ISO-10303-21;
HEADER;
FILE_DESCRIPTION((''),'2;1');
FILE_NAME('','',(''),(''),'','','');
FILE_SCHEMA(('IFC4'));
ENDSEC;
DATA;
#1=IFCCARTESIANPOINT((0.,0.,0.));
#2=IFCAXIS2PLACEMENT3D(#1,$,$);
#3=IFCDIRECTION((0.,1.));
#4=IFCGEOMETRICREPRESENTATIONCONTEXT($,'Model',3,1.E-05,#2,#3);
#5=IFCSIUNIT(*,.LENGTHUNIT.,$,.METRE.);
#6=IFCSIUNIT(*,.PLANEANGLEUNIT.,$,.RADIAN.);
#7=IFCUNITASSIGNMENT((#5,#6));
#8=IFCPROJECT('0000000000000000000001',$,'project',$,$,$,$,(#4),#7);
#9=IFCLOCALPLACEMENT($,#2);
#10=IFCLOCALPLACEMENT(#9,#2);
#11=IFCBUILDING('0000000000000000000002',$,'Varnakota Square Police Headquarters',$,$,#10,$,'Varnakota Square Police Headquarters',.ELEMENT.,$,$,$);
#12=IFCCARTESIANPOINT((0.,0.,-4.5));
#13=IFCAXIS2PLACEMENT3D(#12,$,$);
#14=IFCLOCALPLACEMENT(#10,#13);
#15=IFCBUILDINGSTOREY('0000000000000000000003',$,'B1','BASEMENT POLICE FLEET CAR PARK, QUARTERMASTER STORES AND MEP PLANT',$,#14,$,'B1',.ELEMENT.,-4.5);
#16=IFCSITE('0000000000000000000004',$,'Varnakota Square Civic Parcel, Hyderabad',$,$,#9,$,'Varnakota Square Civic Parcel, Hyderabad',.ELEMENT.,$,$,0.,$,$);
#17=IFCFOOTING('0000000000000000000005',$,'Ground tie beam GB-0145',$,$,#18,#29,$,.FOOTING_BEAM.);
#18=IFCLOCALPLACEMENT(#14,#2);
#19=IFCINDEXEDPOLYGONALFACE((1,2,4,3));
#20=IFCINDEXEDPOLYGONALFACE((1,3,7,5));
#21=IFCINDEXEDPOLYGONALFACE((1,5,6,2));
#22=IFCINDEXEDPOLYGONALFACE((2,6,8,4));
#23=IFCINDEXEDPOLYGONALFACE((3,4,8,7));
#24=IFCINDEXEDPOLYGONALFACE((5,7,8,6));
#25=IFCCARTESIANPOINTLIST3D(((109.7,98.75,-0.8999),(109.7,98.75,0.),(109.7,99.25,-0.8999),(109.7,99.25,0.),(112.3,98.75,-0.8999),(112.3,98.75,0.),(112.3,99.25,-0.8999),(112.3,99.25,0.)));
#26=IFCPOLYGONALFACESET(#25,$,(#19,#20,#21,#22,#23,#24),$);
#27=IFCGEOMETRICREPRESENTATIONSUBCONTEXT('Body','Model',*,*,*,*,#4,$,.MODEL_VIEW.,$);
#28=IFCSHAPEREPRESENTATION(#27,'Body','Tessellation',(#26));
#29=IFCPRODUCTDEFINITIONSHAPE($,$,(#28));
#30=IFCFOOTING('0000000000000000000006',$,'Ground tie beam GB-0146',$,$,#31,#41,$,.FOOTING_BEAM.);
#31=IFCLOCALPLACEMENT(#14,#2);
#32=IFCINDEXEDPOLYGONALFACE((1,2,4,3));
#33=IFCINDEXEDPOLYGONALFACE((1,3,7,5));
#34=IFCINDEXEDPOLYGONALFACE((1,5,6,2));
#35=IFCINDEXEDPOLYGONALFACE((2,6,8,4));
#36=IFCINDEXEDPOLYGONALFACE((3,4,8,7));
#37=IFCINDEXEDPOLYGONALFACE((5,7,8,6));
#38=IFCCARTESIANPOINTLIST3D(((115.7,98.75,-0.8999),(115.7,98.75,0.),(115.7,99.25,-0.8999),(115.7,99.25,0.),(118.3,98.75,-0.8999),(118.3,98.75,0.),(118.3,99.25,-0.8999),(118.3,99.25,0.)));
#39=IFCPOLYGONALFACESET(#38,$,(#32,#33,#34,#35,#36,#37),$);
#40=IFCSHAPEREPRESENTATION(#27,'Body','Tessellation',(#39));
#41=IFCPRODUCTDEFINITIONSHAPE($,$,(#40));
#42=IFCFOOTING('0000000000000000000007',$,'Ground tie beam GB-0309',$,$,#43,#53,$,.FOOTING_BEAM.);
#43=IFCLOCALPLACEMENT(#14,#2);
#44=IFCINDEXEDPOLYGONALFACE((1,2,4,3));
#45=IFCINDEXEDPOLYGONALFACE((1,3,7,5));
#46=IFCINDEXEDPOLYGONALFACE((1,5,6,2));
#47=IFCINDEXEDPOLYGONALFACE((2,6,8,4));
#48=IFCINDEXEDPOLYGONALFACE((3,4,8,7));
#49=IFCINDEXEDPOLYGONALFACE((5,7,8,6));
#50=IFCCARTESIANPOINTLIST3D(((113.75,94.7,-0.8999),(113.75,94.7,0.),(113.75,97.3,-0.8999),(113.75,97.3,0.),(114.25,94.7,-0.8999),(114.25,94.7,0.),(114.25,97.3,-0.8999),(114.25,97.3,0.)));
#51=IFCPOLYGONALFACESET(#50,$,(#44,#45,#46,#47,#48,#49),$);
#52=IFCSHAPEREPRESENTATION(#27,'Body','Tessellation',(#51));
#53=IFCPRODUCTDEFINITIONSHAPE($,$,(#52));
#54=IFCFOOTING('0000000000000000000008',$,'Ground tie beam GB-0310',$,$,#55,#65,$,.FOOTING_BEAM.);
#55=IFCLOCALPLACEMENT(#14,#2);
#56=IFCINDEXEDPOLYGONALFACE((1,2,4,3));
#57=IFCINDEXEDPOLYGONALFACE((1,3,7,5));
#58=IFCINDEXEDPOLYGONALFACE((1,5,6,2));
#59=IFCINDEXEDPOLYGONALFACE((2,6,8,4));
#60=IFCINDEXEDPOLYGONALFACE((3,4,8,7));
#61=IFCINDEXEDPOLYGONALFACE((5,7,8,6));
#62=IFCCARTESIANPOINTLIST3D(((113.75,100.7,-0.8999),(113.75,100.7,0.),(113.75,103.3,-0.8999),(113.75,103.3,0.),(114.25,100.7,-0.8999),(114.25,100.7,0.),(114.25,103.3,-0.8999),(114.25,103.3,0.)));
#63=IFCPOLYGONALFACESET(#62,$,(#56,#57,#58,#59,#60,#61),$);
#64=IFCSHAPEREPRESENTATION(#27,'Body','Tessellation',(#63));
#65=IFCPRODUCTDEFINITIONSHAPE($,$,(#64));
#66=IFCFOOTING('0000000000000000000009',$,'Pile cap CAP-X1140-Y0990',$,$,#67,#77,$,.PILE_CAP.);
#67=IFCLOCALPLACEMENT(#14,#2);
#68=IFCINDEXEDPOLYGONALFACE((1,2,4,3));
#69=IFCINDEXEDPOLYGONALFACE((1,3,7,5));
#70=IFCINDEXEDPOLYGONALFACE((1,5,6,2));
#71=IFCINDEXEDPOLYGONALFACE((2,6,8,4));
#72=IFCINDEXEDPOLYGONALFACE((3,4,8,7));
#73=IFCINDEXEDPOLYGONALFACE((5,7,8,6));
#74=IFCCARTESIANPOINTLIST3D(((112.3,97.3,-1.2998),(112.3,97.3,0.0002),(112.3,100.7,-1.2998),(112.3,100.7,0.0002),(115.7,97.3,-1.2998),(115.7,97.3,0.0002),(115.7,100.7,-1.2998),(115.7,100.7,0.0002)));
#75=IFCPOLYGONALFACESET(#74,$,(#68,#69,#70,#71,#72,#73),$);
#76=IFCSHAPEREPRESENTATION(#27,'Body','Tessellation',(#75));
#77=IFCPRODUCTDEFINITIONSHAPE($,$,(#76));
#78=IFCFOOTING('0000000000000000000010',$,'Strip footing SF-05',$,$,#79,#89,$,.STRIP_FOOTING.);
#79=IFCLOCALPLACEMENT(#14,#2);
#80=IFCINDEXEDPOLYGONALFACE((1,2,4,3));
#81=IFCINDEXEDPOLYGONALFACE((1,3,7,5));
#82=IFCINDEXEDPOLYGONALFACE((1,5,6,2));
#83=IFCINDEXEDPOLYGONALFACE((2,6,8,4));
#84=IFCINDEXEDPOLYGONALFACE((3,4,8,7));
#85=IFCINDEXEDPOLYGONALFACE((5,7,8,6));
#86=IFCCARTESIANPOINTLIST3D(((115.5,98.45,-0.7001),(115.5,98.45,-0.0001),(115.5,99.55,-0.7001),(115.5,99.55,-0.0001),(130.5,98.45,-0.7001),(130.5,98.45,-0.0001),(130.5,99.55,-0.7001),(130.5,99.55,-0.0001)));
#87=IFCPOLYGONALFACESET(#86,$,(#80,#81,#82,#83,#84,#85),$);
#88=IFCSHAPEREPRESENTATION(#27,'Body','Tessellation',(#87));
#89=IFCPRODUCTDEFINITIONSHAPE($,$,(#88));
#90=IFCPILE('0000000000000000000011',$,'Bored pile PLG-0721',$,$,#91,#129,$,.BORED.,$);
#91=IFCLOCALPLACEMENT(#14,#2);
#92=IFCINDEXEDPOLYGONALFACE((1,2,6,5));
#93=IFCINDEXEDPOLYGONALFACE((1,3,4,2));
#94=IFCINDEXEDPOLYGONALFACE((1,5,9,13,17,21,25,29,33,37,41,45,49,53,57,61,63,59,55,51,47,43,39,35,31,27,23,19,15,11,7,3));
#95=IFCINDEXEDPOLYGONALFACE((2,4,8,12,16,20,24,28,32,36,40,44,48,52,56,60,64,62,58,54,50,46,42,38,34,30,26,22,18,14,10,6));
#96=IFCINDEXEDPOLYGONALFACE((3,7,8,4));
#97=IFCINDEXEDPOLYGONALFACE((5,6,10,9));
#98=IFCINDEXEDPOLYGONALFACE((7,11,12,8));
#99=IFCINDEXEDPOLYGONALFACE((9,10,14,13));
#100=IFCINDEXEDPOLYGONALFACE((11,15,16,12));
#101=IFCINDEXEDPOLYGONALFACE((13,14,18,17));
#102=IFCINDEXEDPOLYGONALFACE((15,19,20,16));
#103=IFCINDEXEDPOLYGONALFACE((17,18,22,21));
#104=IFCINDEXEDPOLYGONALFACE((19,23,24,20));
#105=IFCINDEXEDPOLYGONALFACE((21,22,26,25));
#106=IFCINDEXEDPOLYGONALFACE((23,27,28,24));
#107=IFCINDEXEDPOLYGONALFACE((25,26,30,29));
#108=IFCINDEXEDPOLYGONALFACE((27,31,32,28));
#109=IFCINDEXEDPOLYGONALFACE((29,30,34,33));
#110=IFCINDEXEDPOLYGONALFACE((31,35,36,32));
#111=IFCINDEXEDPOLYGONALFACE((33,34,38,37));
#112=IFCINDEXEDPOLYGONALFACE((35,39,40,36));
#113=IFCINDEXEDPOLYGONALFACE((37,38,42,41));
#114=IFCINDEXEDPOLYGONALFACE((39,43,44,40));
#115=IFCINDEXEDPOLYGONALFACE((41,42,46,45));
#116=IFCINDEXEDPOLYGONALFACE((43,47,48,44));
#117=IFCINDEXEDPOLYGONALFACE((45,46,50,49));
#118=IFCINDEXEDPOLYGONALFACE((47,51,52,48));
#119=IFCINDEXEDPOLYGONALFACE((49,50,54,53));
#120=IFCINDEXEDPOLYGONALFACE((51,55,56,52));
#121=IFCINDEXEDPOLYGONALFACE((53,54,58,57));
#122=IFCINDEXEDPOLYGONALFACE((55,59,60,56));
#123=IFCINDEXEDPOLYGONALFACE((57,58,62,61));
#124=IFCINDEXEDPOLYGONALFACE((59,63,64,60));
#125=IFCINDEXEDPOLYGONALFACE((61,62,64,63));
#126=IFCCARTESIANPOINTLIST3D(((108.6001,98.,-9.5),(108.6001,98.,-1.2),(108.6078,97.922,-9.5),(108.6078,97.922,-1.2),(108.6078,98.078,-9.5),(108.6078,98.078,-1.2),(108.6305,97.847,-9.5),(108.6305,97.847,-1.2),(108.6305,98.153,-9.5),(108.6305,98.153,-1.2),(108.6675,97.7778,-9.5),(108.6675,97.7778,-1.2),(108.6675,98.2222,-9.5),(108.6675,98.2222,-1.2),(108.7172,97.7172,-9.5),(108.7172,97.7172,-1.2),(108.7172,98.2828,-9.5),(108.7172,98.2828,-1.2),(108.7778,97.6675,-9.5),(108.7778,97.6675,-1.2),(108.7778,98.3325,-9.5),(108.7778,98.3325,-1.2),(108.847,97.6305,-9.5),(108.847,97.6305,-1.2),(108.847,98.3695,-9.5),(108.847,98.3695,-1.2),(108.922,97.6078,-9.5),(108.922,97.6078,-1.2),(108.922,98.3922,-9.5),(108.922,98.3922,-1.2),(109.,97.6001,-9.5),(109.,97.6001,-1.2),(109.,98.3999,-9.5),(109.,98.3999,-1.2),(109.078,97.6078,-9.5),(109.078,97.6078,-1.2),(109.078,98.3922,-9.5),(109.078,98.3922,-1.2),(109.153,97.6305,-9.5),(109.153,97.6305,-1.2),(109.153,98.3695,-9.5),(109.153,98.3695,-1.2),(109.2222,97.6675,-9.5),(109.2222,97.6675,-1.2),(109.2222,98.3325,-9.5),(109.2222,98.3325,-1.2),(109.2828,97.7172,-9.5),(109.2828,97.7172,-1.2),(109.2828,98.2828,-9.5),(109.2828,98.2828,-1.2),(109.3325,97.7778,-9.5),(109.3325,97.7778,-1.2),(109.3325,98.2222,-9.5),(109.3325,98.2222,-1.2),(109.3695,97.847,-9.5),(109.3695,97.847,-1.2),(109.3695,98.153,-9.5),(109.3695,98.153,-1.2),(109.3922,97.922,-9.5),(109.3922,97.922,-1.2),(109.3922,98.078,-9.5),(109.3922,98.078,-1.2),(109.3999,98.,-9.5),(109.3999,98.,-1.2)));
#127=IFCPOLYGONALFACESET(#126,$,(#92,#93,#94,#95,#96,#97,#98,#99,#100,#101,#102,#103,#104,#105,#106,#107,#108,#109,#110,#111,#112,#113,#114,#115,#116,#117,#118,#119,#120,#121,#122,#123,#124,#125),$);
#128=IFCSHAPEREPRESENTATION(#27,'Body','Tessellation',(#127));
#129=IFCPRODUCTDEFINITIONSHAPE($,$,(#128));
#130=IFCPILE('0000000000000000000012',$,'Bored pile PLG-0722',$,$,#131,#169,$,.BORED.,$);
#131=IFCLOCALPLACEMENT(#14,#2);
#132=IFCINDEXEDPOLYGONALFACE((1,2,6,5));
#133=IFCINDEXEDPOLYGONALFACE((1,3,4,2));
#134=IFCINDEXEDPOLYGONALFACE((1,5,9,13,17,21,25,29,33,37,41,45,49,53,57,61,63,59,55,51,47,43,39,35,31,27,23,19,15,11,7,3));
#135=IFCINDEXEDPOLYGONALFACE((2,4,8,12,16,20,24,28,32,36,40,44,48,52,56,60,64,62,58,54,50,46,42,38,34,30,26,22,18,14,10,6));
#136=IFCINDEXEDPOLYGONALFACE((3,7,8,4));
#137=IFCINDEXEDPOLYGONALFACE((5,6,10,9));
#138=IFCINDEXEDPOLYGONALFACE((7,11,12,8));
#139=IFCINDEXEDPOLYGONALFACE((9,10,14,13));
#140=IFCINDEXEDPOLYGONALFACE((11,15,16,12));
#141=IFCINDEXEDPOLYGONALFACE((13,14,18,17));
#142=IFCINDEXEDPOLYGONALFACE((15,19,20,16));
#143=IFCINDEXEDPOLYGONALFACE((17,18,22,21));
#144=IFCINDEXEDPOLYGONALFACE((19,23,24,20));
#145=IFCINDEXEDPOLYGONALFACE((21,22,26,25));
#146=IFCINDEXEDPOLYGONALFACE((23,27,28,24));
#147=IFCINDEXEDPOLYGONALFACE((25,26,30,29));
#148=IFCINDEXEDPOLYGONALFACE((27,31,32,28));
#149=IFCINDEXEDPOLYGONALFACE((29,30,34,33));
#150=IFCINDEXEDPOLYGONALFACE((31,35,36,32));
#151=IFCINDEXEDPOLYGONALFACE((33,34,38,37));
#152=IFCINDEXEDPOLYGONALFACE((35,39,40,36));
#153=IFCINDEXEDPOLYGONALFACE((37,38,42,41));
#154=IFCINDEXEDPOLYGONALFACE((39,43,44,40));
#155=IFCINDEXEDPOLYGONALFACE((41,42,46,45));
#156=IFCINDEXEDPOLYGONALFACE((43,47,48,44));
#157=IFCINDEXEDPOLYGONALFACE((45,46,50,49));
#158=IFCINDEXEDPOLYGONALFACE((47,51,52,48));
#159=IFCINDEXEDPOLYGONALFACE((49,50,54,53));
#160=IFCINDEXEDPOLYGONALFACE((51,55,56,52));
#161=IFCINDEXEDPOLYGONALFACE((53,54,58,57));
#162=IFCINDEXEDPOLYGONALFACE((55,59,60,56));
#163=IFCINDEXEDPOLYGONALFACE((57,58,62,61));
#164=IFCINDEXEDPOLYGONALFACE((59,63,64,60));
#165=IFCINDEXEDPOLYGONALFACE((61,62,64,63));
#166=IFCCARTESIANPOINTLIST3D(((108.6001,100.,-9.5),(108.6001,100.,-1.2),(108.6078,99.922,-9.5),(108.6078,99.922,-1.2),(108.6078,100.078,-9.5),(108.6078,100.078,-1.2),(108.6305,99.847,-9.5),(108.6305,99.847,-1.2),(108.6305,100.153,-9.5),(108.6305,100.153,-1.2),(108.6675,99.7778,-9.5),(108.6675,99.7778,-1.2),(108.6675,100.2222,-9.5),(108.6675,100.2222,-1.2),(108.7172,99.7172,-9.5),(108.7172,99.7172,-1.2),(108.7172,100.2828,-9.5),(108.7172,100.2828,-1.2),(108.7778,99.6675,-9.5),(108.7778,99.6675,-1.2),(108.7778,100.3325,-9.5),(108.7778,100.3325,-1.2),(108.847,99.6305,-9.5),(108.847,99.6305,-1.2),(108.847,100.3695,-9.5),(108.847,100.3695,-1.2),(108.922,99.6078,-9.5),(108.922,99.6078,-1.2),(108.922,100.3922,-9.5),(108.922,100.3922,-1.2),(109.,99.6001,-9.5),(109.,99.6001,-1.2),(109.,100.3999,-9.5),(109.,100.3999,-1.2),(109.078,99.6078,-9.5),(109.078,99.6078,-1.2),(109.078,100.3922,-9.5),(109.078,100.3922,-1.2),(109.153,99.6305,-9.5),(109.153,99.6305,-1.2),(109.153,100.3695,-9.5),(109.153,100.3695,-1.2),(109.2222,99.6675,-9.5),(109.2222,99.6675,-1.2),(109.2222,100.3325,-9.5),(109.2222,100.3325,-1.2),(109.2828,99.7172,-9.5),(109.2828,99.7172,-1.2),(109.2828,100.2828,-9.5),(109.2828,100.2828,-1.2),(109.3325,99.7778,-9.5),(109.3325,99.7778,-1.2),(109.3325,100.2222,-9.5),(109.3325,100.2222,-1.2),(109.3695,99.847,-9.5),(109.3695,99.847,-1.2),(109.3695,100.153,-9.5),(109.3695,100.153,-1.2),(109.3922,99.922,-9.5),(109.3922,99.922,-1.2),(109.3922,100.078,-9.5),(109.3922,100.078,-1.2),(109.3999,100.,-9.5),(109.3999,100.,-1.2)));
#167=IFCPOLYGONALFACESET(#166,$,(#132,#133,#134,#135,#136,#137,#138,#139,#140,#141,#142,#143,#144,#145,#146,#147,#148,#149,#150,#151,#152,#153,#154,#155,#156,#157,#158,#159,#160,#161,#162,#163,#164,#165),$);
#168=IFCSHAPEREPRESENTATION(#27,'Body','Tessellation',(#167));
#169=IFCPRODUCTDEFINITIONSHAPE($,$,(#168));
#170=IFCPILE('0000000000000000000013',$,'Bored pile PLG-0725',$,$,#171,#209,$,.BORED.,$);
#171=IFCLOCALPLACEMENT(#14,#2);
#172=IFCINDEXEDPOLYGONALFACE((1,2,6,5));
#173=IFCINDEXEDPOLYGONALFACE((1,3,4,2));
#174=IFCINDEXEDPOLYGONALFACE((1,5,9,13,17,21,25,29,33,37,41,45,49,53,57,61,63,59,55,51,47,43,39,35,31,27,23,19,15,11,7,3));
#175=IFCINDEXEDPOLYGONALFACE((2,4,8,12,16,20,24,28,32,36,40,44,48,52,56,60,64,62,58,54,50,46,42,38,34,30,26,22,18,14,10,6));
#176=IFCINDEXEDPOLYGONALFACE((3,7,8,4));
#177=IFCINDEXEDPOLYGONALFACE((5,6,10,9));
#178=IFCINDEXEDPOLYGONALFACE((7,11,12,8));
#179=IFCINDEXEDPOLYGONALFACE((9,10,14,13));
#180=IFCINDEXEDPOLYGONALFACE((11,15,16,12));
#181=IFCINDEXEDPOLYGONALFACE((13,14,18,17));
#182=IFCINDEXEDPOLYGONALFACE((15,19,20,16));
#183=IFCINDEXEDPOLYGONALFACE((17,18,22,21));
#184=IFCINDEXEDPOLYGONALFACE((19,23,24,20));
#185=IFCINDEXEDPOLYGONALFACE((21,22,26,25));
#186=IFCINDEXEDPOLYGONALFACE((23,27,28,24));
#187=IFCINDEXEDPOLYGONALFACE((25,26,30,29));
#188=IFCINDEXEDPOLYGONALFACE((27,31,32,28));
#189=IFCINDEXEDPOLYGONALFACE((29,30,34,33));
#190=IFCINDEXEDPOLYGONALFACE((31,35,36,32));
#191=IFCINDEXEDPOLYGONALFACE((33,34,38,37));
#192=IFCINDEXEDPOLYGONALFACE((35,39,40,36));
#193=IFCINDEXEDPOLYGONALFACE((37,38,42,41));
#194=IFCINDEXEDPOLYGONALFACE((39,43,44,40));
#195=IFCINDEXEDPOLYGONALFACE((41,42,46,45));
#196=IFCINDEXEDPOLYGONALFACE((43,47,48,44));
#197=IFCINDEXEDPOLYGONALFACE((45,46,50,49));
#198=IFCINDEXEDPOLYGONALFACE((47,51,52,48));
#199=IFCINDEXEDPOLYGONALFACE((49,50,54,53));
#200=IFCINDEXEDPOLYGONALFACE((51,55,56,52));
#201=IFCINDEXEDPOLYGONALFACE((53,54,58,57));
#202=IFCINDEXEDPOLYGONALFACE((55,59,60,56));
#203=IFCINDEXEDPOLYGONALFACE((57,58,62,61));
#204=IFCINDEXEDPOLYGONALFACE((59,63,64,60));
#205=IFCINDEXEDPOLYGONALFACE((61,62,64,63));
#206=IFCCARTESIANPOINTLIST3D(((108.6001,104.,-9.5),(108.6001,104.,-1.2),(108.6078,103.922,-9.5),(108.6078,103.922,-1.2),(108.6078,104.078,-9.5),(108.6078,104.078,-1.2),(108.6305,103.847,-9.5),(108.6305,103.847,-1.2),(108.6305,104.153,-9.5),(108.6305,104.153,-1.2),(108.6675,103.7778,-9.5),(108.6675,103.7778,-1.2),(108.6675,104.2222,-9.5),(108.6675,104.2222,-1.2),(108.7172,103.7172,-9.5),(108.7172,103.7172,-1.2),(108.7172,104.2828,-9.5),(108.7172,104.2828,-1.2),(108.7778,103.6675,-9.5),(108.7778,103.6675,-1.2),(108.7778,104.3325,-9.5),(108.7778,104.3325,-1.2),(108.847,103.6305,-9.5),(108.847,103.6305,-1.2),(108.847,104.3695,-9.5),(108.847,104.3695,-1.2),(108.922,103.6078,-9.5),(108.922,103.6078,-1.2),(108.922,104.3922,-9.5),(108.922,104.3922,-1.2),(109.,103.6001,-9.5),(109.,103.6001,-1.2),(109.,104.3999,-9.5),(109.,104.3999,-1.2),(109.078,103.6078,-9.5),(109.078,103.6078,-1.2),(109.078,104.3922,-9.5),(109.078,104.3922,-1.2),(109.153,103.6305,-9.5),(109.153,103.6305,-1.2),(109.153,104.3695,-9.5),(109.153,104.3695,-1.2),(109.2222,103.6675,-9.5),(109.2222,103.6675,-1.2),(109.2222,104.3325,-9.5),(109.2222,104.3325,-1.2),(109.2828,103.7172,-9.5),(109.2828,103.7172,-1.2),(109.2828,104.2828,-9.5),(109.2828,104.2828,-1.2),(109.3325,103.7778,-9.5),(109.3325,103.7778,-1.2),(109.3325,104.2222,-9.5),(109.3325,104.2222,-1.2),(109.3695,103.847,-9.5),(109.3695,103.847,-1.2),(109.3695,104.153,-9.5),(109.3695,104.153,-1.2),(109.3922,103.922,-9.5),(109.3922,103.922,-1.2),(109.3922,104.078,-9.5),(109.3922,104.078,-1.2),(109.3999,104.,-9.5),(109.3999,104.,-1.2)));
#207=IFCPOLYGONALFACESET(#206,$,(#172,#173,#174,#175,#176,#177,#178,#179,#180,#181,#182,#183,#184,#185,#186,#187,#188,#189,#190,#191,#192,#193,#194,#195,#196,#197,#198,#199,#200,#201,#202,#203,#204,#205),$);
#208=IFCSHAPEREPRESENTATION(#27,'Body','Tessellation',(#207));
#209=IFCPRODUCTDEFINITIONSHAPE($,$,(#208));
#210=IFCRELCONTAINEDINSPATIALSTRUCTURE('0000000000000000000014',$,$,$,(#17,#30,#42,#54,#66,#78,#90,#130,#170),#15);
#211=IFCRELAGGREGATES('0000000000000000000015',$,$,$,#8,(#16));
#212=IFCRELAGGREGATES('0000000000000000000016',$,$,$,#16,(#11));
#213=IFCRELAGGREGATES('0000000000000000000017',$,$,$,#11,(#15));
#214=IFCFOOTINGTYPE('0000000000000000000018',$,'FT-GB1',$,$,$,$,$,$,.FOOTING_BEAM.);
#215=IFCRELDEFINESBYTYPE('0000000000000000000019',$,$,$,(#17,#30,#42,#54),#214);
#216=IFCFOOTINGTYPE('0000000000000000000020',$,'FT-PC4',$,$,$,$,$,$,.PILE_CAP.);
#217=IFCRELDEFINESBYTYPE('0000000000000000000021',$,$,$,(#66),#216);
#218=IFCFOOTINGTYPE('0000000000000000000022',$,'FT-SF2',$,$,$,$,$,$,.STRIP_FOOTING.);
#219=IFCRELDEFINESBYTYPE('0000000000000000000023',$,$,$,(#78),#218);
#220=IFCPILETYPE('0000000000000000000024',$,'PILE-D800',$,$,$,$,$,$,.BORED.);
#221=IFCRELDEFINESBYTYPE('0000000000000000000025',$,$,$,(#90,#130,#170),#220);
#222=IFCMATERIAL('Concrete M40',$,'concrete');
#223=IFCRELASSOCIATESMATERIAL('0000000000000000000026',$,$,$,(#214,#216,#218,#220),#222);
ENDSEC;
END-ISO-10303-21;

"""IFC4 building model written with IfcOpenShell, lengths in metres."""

from ifc_helpers import new_model, si_unit, direction, frame, origin, origin_2d, place, context, subcontext, project, spatial, rectangle, circle, extrude, material, material_profile, profile_set, type_object, element, save


model = new_model("IFC4")

# Units and contexts
model_context = context("Model", 3, precision=1e-05, world=origin(), true_north=direction((0.0, 1.0)))
body_context = subcontext(model_context, "Body", "Model", "MODEL_VIEW")
ifc_project = project(units=[si_unit("LENGTHUNIT", "METRE"), si_unit("PLANEANGLEUNIT", "RADIAN")], contexts=[model_context])

# Site, building, storey
site_placement = place(None, origin())
site = spatial("IfcSite", under=ifc_project, at=site_placement, Name="Varnakota Square Civic Parcel, Hyderabad", LongName="Varnakota Square Civic Parcel, Hyderabad", CompositionType="ELEMENT", RefElevation=0.0)
building_placement = place(site_placement, origin())
building = spatial("IfcBuilding", under=site, at=building_placement, Name="Varnakota Square Police Headquarters", LongName="Varnakota Square Police Headquarters", CompositionType="ELEMENT")
storey_placement = place(building_placement, frame((0.0, 0.0, -4.5)))
storey = spatial("IfcBuildingStorey", under=building, at=storey_placement, Name="B1", Description="BASEMENT POLICE FLEET CAR PARK, QUARTERMASTER STORES AND MEP PLANT", LongName="B1", CompositionType="ELEMENT", Elevation=-4.5)

# Footings
ifc_material_1 = material(Name="Concrete M40", Category="concrete")
ifc_material_profile_1 = material_profile(ifc_material_1, rectangle(XDim=0.5, YDim=0.8999, at=origin_2d()), Name="GB 500x900")
ifc_profile_set_1 = profile_set([ifc_material_profile_1], Name="Concrete M40")
footing_type_1 = type_object("IfcFootingType", Name="FT-GB1", PredefinedType="FOOTING_BEAM", material=ifc_profile_set_1)
for number, where, z_axis, x_axis, name in (
    (1, (109.7, 99.0, -0.45), (1.0, 0.0, 0.0), (0.0, 1.0, 0.0), "Ground tie beam GB-0145"),
    (2, (115.7, 99.0, -0.45), (1.0, 0.0, 0.0), (0.0, 1.0, 0.0), "Ground tie beam GB-0146"),
    (3, (114.0, 94.7, -0.45), (0.0, 1.0, 0.0), (-1.0, 0.0, 0.0), "Ground tie beam GB-0309"),
    (4, (114.0, 100.7, -0.45), (0.0, 1.0, 0.0), (-1.0, 0.0, 0.0), "Ground tie beam GB-0310"),
):
    element("IfcFooting", number, at=place(storey_placement, frame(where, z_axis=z_axis, x_axis=x_axis)), inside=storey, type_object=footing_type_1, Name=name, PredefinedType="FOOTING_BEAM", context=body_context, shape_type="SweptSolid", body=[
        extrude(rectangle(XDim=0.5, YDim=0.8999, at=origin_2d()), origin(), (0.0, 0.0, 1.0), 2.6001),
    ])
footing_type_2 = type_object("IfcFootingType", Name="FT-PC4", PredefinedType="PILE_CAP", material=ifc_material_1)
footing_1_placement = place(storey_placement, frame((114.0, 99.0, -1.2998), z_axis=(0.0, 0.0, 1.0), x_axis=(1.0, 0.0, 0.0)))
element("IfcFooting", 5, at=footing_1_placement, inside=storey, type_object=footing_type_2, Name="Pile cap CAP-X1140-Y0990", PredefinedType="PILE_CAP", context=body_context, shape_type="SweptSolid", body=[
    extrude(rectangle(XDim=3.3999, YDim=3.3999, at=origin_2d()), origin(), (0.0, 0.0, 1.0), 1.3),
])
ifc_material_profile_2 = material_profile(ifc_material_1, rectangle(XDim=1.1001, YDim=0.7, at=origin_2d()), Name="SF 1100x700")
ifc_profile_set_2 = profile_set([ifc_material_profile_2], Name="Concrete M40")
footing_type_3 = type_object("IfcFootingType", Name="FT-SF2", PredefinedType="STRIP_FOOTING", material=ifc_profile_set_2)
footing_2_placement = place(storey_placement, frame((115.5, 99.0, -0.3501), z_axis=(1.0, 0.0, 0.0), x_axis=(0.0, 1.0, 0.0)))
element("IfcFooting", 6, at=footing_2_placement, inside=storey, type_object=footing_type_3, Name="Strip footing SF-05", PredefinedType="STRIP_FOOTING", context=body_context, shape_type="SweptSolid", body=[
    extrude(rectangle(XDim=1.1001, YDim=0.7, at=origin_2d()), origin(), (0.0, 0.0, 1.0), 15.0),
])

# Piles
ifc_material_profile_3 = material_profile(ifc_material_1, circle(Radius=0.3999, at=origin_2d()), Name="BORED PILE 800")
ifc_profile_set_3 = profile_set([ifc_material_profile_3], Name="Concrete M40")
pile_type = type_object("IfcPileType", Name="PILE-D800", PredefinedType="BORED", material=ifc_profile_set_3)
for number, where, z_axis, x_axis, name in (
    (7, (109.0, 98.0, -1.2), (0.0, 0.0, -1.0), (1.0, 0.0, 0.0), "Bored pile PLG-0721"),
    (8, (109.0, 100.0, -1.2), (0.0, 0.0, -1.0), (1.0, 0.0, 0.0), "Bored pile PLG-0722"),
    (9, (109.0, 104.0, -1.2), (0.0, 0.0, -1.0), (1.0, 0.0, 0.0), "Bored pile PLG-0725"),
):
    element("IfcPile", number, at=place(storey_placement, frame(where, z_axis=z_axis, x_axis=x_axis)), inside=storey, type_object=pile_type, Name=name, PredefinedType="BORED", context=body_context, shape_type="SweptSolid", body=[
        extrude(circle(Radius=0.3999, at=origin_2d()), origin(), (0.0, 0.0, 1.0), 8.3),
    ])

save(model, "model.ifc")
